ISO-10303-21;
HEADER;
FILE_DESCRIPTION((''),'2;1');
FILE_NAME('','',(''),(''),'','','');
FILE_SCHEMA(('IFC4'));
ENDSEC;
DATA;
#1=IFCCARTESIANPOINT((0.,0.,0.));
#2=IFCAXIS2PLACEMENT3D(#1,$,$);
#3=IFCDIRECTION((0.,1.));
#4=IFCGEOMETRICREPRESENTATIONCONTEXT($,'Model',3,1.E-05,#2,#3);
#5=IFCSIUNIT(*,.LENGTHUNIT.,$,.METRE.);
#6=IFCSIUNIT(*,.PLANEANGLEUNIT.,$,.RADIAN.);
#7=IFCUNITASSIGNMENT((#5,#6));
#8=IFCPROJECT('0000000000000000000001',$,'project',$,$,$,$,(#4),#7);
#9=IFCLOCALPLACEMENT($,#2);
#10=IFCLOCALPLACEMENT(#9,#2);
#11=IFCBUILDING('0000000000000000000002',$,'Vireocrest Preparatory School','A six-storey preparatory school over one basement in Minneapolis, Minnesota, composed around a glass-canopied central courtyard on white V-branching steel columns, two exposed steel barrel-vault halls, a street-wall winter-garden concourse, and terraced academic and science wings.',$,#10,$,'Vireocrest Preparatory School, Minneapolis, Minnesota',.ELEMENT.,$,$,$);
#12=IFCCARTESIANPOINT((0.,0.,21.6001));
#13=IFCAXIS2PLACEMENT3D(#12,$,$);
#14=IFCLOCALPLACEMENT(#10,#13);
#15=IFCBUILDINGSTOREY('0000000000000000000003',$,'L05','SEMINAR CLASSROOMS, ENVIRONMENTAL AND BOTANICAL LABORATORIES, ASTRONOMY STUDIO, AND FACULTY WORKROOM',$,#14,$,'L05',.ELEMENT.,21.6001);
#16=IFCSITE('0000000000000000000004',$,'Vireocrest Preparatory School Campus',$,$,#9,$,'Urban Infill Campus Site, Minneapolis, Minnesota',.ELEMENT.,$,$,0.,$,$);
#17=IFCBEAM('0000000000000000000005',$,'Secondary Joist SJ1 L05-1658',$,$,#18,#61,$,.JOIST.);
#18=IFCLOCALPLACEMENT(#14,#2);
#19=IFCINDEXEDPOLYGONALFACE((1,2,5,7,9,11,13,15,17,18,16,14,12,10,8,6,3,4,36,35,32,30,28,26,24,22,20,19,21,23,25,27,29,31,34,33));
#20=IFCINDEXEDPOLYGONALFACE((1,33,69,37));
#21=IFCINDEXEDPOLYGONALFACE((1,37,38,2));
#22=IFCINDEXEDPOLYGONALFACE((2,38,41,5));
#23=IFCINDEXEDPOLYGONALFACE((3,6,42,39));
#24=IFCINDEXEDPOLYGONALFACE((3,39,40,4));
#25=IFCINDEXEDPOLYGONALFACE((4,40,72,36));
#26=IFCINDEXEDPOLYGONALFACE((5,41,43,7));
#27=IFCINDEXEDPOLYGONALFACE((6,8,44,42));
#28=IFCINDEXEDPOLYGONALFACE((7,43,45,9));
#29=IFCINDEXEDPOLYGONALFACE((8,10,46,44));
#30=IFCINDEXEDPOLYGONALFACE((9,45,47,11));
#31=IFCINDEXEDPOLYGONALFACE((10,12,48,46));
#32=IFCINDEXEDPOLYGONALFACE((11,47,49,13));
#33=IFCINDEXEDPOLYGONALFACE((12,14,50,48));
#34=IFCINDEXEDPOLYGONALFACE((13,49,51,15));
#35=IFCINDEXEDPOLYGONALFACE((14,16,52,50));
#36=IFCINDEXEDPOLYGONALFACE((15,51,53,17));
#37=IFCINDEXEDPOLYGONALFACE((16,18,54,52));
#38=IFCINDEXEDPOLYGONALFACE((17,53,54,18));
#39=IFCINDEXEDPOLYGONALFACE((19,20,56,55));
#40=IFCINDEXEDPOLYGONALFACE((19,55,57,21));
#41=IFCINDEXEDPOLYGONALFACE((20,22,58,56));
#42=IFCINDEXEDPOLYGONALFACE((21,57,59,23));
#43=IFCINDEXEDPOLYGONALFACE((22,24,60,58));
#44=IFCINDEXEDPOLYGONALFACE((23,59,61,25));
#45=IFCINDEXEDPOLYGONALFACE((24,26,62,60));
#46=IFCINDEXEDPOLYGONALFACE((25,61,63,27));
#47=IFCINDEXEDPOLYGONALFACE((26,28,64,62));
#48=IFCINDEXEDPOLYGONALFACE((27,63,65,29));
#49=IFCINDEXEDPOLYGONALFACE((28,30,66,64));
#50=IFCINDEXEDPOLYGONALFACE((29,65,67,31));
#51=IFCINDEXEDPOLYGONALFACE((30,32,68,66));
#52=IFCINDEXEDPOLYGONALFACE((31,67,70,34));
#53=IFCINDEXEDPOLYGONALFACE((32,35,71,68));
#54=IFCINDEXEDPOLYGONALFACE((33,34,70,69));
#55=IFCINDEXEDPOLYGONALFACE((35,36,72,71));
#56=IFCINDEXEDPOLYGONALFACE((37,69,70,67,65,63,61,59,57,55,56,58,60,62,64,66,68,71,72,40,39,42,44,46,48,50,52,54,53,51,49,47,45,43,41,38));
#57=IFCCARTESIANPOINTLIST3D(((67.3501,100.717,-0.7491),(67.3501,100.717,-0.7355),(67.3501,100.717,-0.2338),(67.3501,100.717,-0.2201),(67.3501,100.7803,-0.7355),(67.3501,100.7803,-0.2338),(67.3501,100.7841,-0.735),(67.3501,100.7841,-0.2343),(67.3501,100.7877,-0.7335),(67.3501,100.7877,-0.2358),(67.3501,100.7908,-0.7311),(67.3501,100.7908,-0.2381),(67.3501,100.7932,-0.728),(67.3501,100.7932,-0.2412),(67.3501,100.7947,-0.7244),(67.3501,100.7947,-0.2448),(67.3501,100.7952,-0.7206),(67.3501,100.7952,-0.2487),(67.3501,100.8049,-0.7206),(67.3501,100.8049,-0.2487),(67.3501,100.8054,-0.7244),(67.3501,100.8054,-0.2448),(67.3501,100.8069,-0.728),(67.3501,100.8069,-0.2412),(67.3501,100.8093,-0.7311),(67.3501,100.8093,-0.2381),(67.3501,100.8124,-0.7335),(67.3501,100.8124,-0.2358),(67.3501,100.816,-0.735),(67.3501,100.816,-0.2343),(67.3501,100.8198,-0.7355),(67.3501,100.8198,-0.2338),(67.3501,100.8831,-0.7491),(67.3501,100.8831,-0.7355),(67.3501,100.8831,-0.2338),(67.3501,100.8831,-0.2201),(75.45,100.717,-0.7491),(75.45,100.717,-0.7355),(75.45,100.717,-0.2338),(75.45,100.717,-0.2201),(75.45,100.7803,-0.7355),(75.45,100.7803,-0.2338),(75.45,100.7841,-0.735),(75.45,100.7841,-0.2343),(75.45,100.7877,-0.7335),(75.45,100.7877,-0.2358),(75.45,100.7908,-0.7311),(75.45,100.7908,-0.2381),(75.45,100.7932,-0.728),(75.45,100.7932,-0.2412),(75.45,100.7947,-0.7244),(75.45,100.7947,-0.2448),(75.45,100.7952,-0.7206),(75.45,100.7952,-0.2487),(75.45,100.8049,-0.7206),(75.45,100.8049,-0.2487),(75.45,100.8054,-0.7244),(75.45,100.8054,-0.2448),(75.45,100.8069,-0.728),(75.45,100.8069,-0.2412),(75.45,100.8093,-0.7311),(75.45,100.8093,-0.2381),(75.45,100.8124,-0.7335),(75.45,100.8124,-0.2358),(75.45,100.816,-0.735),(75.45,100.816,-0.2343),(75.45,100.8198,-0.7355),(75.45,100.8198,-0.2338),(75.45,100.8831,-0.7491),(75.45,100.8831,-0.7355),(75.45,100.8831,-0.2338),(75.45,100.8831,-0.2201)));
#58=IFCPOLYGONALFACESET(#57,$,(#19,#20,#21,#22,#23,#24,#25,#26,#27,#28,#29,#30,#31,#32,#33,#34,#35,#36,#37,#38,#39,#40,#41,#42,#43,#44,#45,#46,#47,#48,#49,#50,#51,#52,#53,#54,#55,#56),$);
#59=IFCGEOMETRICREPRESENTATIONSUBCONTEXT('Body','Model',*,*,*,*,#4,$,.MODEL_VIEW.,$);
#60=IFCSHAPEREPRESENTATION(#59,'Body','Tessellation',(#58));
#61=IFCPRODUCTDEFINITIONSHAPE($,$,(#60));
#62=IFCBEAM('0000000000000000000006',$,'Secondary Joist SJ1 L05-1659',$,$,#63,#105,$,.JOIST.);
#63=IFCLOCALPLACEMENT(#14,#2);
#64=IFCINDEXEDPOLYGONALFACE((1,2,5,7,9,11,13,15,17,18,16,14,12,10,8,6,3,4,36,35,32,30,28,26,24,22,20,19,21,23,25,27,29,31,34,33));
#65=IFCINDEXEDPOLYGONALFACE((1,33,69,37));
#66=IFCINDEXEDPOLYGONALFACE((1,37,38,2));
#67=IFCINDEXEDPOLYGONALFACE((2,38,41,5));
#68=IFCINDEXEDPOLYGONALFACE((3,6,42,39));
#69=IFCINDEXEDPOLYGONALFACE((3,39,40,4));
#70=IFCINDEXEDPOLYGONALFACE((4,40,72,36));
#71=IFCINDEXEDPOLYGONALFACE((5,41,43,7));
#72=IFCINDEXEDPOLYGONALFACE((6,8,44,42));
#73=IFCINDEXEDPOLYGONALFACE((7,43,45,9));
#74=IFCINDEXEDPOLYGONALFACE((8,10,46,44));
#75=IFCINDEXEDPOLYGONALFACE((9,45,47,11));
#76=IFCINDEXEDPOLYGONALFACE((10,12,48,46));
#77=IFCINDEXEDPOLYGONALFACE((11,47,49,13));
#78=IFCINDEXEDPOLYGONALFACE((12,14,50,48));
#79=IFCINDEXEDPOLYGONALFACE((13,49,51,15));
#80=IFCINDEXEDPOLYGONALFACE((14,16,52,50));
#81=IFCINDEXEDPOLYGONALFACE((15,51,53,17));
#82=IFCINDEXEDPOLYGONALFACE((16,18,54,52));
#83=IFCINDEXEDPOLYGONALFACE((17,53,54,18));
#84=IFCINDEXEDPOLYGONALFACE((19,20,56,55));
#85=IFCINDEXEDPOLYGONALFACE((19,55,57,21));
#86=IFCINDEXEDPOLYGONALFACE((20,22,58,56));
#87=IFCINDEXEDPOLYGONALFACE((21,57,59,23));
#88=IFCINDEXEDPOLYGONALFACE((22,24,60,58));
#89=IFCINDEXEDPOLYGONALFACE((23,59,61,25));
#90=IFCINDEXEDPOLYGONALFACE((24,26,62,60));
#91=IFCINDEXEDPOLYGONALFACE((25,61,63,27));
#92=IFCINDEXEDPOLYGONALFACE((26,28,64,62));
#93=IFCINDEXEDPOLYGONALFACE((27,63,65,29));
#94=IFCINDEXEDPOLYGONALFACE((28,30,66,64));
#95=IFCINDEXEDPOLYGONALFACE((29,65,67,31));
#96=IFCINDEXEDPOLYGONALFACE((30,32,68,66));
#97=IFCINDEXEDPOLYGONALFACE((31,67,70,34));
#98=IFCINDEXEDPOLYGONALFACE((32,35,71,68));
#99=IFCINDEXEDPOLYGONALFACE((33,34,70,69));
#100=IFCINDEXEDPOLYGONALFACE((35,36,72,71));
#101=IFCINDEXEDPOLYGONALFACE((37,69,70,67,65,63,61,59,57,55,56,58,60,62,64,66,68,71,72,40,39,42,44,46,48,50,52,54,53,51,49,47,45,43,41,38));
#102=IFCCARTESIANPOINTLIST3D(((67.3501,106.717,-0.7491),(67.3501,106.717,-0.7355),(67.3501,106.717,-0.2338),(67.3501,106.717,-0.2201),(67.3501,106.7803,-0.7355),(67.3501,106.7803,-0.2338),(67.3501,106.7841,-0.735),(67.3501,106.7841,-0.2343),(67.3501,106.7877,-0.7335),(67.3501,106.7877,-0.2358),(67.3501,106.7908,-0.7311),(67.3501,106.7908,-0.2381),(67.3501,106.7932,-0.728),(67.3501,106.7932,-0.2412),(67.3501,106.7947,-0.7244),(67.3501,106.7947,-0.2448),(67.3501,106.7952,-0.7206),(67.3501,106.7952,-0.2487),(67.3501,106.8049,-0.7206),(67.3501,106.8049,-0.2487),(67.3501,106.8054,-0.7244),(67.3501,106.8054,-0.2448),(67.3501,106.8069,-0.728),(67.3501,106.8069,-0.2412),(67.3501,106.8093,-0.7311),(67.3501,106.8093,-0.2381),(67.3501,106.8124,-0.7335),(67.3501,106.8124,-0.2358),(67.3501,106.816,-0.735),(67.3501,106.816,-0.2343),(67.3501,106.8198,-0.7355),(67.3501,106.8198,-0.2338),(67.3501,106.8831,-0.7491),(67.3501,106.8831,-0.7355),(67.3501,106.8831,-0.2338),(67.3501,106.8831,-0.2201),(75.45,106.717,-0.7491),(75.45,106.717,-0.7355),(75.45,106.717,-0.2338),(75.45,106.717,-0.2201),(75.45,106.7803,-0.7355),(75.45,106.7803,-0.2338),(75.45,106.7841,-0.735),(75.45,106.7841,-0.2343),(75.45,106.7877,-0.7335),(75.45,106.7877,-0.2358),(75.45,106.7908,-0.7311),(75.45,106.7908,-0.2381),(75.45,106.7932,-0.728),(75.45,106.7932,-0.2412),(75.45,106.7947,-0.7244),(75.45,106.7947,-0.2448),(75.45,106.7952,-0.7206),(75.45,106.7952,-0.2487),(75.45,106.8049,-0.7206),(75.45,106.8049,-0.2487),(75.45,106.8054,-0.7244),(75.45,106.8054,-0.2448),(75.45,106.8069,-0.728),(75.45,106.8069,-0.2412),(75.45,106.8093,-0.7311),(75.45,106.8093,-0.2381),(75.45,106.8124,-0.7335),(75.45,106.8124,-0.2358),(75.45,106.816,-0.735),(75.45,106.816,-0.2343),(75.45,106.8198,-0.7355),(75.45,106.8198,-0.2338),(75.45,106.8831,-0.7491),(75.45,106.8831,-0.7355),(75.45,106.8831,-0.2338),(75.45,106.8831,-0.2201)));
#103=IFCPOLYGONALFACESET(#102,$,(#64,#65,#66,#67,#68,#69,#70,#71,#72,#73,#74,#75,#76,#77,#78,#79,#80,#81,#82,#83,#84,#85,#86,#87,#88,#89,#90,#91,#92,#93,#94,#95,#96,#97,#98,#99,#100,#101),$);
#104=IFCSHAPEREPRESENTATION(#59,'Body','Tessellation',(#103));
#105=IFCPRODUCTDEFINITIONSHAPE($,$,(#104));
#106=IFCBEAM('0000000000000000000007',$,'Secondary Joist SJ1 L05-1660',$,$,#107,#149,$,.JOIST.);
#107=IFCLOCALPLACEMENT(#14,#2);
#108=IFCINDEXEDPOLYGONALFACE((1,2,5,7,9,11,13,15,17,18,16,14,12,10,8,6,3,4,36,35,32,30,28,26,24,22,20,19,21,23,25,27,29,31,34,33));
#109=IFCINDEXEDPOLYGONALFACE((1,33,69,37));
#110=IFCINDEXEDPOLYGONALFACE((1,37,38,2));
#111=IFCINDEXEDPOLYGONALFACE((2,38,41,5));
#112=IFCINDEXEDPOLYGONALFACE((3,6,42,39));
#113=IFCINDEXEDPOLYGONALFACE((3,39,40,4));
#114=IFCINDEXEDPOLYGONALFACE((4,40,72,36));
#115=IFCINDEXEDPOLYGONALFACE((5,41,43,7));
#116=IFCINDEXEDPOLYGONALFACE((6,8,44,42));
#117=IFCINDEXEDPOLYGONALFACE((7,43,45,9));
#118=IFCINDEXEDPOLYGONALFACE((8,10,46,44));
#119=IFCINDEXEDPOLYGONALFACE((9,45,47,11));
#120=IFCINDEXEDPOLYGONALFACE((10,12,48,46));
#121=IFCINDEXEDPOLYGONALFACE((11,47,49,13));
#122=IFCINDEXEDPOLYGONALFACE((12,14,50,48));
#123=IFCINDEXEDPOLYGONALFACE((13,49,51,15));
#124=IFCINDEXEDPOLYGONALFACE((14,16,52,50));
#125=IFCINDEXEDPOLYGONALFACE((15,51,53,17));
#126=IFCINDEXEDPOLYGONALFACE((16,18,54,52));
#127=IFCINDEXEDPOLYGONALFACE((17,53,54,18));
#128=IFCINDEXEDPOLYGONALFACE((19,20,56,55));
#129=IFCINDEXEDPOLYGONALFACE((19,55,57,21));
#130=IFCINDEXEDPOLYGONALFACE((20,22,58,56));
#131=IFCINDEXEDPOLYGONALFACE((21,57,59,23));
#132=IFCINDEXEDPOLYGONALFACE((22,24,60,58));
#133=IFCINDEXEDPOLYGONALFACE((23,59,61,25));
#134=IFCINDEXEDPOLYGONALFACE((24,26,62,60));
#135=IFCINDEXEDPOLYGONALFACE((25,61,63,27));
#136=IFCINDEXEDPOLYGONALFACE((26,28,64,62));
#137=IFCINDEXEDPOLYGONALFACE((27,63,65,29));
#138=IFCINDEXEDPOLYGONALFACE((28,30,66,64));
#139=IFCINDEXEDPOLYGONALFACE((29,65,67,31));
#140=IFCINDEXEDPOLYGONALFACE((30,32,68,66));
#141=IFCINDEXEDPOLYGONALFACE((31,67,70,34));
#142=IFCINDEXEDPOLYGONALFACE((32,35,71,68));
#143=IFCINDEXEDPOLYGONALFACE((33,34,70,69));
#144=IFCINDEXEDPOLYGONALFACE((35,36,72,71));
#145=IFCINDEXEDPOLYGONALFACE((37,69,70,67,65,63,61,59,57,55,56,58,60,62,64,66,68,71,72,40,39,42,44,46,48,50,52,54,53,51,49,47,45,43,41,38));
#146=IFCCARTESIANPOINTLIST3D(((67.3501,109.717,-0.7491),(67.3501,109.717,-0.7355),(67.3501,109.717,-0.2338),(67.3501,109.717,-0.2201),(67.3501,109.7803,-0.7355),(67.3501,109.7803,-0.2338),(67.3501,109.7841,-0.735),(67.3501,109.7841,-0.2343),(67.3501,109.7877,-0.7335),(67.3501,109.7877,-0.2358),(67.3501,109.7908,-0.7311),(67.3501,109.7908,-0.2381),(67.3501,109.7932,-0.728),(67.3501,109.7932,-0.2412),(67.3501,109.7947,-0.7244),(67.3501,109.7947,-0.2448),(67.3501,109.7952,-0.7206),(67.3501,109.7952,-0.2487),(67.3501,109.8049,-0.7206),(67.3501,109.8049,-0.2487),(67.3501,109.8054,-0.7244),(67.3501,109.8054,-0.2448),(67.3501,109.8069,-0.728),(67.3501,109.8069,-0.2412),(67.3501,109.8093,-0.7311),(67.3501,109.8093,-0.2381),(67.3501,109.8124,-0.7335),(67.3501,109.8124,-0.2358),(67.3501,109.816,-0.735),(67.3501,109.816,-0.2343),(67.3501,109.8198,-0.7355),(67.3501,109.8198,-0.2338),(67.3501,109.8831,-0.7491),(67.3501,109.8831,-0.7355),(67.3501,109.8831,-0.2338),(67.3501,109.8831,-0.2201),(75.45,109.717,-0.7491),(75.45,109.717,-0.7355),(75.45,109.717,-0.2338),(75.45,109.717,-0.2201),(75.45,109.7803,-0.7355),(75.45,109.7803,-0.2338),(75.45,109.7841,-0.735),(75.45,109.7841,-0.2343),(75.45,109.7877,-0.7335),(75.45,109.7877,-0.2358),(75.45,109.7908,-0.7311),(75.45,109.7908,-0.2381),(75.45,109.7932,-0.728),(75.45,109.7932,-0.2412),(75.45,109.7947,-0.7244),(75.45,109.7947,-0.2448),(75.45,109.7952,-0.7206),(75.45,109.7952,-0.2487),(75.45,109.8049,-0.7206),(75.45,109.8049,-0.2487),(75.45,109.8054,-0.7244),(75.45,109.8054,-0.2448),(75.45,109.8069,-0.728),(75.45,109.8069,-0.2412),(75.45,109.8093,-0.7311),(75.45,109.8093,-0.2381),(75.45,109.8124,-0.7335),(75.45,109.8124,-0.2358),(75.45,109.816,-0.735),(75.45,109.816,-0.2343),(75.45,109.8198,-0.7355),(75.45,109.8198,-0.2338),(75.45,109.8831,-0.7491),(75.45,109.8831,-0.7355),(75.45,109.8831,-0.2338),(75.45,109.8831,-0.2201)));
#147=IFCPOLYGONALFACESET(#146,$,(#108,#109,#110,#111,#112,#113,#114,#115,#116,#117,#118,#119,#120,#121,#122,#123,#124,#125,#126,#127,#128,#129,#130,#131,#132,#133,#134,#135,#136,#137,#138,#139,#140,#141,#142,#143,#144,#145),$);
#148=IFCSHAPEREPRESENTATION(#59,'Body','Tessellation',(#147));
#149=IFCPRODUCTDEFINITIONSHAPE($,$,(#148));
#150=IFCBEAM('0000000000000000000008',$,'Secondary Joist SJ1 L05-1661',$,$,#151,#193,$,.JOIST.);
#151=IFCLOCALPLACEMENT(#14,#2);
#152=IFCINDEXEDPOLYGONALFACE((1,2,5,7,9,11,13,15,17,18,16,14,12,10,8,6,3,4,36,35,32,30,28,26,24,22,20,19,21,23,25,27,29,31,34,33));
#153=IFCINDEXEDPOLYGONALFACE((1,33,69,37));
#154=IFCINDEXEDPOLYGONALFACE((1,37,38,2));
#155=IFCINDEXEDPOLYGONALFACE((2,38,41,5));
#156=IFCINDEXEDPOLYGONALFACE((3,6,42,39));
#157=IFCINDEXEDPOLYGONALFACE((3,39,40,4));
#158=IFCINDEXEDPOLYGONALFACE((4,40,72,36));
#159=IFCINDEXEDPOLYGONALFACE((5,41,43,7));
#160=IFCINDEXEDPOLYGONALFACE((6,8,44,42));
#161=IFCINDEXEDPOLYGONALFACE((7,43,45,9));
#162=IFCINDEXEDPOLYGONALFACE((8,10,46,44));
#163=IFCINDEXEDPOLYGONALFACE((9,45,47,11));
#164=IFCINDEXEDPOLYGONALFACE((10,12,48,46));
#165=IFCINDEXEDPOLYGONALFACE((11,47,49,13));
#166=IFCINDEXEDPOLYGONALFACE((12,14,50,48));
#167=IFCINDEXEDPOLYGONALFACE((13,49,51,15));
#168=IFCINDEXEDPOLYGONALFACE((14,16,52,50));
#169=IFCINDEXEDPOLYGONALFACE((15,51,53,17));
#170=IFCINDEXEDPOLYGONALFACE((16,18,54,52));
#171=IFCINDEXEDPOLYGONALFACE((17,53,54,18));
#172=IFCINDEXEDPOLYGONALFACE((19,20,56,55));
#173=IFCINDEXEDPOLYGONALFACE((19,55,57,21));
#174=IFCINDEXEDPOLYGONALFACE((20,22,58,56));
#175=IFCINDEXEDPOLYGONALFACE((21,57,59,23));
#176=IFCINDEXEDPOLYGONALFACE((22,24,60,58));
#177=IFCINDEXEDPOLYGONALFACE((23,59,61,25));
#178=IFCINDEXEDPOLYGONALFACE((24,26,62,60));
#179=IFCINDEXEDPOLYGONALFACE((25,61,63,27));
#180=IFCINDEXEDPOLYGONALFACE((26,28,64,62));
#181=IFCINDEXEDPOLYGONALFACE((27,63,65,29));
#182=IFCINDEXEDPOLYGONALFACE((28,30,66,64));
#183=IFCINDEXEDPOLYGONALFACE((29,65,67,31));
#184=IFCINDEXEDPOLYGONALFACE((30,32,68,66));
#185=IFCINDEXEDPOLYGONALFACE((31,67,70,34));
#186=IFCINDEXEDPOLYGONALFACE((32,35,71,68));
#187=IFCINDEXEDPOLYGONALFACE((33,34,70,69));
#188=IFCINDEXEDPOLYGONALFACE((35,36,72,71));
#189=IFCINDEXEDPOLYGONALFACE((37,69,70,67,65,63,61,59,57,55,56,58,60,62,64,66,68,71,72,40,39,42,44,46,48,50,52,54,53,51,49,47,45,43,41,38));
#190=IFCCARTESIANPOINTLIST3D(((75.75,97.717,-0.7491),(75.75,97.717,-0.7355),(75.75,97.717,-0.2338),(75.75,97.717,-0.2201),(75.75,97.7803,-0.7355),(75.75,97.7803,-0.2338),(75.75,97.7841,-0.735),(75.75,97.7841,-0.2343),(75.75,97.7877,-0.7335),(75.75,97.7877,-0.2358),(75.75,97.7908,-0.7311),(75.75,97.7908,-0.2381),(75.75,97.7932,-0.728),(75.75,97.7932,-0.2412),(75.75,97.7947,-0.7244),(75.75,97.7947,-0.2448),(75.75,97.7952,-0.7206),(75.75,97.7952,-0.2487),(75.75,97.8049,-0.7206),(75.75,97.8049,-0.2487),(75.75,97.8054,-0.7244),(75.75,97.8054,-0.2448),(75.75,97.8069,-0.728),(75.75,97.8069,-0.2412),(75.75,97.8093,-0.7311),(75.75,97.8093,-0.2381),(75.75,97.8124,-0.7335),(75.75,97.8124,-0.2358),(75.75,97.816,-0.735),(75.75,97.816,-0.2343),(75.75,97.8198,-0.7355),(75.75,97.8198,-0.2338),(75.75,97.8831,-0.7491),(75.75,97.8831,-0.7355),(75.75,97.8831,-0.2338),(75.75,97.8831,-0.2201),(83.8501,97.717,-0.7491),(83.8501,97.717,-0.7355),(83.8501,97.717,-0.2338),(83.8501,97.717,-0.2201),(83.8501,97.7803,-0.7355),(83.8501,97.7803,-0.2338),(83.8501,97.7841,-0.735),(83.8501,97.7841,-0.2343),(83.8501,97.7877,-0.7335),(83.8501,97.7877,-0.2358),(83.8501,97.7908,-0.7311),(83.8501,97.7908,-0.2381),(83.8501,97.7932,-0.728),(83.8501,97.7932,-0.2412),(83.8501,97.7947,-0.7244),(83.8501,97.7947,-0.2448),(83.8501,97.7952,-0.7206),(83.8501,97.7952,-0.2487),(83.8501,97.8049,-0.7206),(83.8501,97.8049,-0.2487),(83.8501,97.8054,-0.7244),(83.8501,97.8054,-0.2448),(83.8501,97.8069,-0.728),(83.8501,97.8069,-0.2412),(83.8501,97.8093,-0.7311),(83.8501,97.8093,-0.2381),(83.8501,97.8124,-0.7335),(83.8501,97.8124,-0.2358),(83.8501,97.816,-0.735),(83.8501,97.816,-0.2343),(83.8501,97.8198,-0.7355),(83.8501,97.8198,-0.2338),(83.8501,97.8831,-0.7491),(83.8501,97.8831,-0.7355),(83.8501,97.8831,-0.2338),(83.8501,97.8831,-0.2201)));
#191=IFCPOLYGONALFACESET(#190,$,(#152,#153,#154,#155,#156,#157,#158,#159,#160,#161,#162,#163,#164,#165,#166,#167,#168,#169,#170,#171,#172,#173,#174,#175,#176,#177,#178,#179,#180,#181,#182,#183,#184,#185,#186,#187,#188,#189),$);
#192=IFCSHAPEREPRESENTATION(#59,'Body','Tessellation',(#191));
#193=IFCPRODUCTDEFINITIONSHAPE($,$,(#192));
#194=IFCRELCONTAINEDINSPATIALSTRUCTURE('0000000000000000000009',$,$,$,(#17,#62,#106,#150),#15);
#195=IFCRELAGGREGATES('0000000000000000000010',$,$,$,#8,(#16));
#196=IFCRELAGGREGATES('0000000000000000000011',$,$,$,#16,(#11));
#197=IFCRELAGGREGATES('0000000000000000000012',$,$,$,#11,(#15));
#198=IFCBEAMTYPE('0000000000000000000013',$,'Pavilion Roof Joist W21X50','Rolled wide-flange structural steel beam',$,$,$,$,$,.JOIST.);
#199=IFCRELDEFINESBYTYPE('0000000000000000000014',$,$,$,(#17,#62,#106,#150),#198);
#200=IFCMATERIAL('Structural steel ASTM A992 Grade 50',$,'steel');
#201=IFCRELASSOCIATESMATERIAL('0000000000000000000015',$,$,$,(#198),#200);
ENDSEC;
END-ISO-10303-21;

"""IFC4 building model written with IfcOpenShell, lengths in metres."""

from ifc_helpers import new_model, si_unit, direction, frame, origin, origin_2d, place, context, subcontext, project, spatial, i_section, extrude, material, material_profile, profile_set, type_object, element, save


model = new_model("IFC4")

# Units and contexts
model_context = context("Model", 3, precision=1e-05, world=origin(), true_north=direction((0.0, 1.0)))
body_context = subcontext(model_context, "Body", "Model", "MODEL_VIEW")
ifc_project = project(units=[si_unit("LENGTHUNIT", "METRE"), si_unit("PLANEANGLEUNIT", "RADIAN")], contexts=[model_context])

# Site, building, storey
site_placement = place(None, origin())
site = spatial("IfcSite", under=ifc_project, at=site_placement, Name="Vireocrest Preparatory School Campus", LongName="Urban Infill Campus Site, Minneapolis, Minnesota", CompositionType="ELEMENT", RefElevation=0.0)
building_placement = place(site_placement, origin())
building = spatial("IfcBuilding", under=site, at=building_placement, Name="Vireocrest Preparatory School", Description="A six-storey preparatory school over one basement in Minneapolis, Minnesota, composed around a glass-canopied central courtyard on white V-branching steel columns, two exposed steel barrel-vault halls, a street-wall winter-garden concourse, and terraced academic and science wings.", LongName="Vireocrest Preparatory School, Minneapolis, Minnesota", CompositionType="ELEMENT")
storey_placement = place(building_placement, frame((0.0, 0.0, 21.6001)))
storey = spatial("IfcBuildingStorey", under=building, at=storey_placement, Name="L05", Description="SEMINAR CLASSROOMS, ENVIRONMENTAL AND BOTANICAL LABORATORIES, ASTRONOMY STUDIO, AND FACULTY WORKROOM", LongName="L05", CompositionType="ELEMENT", Elevation=21.6001)

# Beams
ifc_material_1 = material(Name="Structural steel ASTM A992 Grade 50", Category="steel")
ifc_material_profile_1 = material_profile(ifc_material_1, i_section(OverallWidth=0.166, OverallDepth=0.5291, WebThickness=0.0098, FlangeThickness=0.0137, FilletRadius=0.0149, at=origin_2d()), Name="W21X50")
ifc_profile_set_1 = profile_set([ifc_material_profile_1], Name="Structural steel ASTM A992 Grade 50")
beam_type_1 = type_object("IfcBeamType", Name="Pavilion Roof Joist W21X50", Description="Rolled wide-flange structural steel beam", PredefinedType="JOIST", material=ifc_profile_set_1)
for number, where, z_axis, x_axis, name in (
    (1, (67.3501, 100.8, -0.4846), (1.0, 0.0, 0.0), (0.0, 1.0, 0.0), "Secondary Joist SJ1 L05-1658"),
    (2, (67.3501, 106.8, -0.4846), (1.0, 0.0, 0.0), (0.0, 1.0, 0.0), "Secondary Joist SJ1 L05-1659"),
    (3, (67.3501, 109.8, -0.4846), (1.0, 0.0, 0.0), (0.0, 1.0, 0.0), "Secondary Joist SJ1 L05-1660"),
):
    element("IfcBeam", number, at=place(storey_placement, frame(where, z_axis=z_axis, x_axis=x_axis)), inside=storey, type_object=beam_type_1, Name=name, PredefinedType="JOIST", context=body_context, shape_type="SweptSolid", body=[
        extrude(i_section(OverallWidth=0.166, OverallDepth=0.5291, WebThickness=0.0098, FlangeThickness=0.0137, FilletRadius=0.0149, at=origin_2d()), origin(), (0.0, 0.0, 1.0), 8.0999),
    ])
for number, where, z_axis, x_axis, name in (
    (4, (75.75, 97.8, -0.4846), (1.0, 0.0, 0.0), (0.0, 1.0, 0.0), "Secondary Joist SJ1 L05-1661"),
):
    element("IfcBeam", number, at=place(storey_placement, frame(where, z_axis=z_axis, x_axis=x_axis)), inside=storey, type_object=beam_type_1, Name=name, PredefinedType="JOIST", context=body_context, shape_type="SweptSolid", body=[
        extrude(i_section(OverallWidth=0.166, OverallDepth=0.5291, WebThickness=0.0098, FlangeThickness=0.0137, FilletRadius=0.0149, at=origin_2d()), origin(), (0.0, 0.0, 1.0), 8.1001),
    ])

save(model, "model.ifc")
